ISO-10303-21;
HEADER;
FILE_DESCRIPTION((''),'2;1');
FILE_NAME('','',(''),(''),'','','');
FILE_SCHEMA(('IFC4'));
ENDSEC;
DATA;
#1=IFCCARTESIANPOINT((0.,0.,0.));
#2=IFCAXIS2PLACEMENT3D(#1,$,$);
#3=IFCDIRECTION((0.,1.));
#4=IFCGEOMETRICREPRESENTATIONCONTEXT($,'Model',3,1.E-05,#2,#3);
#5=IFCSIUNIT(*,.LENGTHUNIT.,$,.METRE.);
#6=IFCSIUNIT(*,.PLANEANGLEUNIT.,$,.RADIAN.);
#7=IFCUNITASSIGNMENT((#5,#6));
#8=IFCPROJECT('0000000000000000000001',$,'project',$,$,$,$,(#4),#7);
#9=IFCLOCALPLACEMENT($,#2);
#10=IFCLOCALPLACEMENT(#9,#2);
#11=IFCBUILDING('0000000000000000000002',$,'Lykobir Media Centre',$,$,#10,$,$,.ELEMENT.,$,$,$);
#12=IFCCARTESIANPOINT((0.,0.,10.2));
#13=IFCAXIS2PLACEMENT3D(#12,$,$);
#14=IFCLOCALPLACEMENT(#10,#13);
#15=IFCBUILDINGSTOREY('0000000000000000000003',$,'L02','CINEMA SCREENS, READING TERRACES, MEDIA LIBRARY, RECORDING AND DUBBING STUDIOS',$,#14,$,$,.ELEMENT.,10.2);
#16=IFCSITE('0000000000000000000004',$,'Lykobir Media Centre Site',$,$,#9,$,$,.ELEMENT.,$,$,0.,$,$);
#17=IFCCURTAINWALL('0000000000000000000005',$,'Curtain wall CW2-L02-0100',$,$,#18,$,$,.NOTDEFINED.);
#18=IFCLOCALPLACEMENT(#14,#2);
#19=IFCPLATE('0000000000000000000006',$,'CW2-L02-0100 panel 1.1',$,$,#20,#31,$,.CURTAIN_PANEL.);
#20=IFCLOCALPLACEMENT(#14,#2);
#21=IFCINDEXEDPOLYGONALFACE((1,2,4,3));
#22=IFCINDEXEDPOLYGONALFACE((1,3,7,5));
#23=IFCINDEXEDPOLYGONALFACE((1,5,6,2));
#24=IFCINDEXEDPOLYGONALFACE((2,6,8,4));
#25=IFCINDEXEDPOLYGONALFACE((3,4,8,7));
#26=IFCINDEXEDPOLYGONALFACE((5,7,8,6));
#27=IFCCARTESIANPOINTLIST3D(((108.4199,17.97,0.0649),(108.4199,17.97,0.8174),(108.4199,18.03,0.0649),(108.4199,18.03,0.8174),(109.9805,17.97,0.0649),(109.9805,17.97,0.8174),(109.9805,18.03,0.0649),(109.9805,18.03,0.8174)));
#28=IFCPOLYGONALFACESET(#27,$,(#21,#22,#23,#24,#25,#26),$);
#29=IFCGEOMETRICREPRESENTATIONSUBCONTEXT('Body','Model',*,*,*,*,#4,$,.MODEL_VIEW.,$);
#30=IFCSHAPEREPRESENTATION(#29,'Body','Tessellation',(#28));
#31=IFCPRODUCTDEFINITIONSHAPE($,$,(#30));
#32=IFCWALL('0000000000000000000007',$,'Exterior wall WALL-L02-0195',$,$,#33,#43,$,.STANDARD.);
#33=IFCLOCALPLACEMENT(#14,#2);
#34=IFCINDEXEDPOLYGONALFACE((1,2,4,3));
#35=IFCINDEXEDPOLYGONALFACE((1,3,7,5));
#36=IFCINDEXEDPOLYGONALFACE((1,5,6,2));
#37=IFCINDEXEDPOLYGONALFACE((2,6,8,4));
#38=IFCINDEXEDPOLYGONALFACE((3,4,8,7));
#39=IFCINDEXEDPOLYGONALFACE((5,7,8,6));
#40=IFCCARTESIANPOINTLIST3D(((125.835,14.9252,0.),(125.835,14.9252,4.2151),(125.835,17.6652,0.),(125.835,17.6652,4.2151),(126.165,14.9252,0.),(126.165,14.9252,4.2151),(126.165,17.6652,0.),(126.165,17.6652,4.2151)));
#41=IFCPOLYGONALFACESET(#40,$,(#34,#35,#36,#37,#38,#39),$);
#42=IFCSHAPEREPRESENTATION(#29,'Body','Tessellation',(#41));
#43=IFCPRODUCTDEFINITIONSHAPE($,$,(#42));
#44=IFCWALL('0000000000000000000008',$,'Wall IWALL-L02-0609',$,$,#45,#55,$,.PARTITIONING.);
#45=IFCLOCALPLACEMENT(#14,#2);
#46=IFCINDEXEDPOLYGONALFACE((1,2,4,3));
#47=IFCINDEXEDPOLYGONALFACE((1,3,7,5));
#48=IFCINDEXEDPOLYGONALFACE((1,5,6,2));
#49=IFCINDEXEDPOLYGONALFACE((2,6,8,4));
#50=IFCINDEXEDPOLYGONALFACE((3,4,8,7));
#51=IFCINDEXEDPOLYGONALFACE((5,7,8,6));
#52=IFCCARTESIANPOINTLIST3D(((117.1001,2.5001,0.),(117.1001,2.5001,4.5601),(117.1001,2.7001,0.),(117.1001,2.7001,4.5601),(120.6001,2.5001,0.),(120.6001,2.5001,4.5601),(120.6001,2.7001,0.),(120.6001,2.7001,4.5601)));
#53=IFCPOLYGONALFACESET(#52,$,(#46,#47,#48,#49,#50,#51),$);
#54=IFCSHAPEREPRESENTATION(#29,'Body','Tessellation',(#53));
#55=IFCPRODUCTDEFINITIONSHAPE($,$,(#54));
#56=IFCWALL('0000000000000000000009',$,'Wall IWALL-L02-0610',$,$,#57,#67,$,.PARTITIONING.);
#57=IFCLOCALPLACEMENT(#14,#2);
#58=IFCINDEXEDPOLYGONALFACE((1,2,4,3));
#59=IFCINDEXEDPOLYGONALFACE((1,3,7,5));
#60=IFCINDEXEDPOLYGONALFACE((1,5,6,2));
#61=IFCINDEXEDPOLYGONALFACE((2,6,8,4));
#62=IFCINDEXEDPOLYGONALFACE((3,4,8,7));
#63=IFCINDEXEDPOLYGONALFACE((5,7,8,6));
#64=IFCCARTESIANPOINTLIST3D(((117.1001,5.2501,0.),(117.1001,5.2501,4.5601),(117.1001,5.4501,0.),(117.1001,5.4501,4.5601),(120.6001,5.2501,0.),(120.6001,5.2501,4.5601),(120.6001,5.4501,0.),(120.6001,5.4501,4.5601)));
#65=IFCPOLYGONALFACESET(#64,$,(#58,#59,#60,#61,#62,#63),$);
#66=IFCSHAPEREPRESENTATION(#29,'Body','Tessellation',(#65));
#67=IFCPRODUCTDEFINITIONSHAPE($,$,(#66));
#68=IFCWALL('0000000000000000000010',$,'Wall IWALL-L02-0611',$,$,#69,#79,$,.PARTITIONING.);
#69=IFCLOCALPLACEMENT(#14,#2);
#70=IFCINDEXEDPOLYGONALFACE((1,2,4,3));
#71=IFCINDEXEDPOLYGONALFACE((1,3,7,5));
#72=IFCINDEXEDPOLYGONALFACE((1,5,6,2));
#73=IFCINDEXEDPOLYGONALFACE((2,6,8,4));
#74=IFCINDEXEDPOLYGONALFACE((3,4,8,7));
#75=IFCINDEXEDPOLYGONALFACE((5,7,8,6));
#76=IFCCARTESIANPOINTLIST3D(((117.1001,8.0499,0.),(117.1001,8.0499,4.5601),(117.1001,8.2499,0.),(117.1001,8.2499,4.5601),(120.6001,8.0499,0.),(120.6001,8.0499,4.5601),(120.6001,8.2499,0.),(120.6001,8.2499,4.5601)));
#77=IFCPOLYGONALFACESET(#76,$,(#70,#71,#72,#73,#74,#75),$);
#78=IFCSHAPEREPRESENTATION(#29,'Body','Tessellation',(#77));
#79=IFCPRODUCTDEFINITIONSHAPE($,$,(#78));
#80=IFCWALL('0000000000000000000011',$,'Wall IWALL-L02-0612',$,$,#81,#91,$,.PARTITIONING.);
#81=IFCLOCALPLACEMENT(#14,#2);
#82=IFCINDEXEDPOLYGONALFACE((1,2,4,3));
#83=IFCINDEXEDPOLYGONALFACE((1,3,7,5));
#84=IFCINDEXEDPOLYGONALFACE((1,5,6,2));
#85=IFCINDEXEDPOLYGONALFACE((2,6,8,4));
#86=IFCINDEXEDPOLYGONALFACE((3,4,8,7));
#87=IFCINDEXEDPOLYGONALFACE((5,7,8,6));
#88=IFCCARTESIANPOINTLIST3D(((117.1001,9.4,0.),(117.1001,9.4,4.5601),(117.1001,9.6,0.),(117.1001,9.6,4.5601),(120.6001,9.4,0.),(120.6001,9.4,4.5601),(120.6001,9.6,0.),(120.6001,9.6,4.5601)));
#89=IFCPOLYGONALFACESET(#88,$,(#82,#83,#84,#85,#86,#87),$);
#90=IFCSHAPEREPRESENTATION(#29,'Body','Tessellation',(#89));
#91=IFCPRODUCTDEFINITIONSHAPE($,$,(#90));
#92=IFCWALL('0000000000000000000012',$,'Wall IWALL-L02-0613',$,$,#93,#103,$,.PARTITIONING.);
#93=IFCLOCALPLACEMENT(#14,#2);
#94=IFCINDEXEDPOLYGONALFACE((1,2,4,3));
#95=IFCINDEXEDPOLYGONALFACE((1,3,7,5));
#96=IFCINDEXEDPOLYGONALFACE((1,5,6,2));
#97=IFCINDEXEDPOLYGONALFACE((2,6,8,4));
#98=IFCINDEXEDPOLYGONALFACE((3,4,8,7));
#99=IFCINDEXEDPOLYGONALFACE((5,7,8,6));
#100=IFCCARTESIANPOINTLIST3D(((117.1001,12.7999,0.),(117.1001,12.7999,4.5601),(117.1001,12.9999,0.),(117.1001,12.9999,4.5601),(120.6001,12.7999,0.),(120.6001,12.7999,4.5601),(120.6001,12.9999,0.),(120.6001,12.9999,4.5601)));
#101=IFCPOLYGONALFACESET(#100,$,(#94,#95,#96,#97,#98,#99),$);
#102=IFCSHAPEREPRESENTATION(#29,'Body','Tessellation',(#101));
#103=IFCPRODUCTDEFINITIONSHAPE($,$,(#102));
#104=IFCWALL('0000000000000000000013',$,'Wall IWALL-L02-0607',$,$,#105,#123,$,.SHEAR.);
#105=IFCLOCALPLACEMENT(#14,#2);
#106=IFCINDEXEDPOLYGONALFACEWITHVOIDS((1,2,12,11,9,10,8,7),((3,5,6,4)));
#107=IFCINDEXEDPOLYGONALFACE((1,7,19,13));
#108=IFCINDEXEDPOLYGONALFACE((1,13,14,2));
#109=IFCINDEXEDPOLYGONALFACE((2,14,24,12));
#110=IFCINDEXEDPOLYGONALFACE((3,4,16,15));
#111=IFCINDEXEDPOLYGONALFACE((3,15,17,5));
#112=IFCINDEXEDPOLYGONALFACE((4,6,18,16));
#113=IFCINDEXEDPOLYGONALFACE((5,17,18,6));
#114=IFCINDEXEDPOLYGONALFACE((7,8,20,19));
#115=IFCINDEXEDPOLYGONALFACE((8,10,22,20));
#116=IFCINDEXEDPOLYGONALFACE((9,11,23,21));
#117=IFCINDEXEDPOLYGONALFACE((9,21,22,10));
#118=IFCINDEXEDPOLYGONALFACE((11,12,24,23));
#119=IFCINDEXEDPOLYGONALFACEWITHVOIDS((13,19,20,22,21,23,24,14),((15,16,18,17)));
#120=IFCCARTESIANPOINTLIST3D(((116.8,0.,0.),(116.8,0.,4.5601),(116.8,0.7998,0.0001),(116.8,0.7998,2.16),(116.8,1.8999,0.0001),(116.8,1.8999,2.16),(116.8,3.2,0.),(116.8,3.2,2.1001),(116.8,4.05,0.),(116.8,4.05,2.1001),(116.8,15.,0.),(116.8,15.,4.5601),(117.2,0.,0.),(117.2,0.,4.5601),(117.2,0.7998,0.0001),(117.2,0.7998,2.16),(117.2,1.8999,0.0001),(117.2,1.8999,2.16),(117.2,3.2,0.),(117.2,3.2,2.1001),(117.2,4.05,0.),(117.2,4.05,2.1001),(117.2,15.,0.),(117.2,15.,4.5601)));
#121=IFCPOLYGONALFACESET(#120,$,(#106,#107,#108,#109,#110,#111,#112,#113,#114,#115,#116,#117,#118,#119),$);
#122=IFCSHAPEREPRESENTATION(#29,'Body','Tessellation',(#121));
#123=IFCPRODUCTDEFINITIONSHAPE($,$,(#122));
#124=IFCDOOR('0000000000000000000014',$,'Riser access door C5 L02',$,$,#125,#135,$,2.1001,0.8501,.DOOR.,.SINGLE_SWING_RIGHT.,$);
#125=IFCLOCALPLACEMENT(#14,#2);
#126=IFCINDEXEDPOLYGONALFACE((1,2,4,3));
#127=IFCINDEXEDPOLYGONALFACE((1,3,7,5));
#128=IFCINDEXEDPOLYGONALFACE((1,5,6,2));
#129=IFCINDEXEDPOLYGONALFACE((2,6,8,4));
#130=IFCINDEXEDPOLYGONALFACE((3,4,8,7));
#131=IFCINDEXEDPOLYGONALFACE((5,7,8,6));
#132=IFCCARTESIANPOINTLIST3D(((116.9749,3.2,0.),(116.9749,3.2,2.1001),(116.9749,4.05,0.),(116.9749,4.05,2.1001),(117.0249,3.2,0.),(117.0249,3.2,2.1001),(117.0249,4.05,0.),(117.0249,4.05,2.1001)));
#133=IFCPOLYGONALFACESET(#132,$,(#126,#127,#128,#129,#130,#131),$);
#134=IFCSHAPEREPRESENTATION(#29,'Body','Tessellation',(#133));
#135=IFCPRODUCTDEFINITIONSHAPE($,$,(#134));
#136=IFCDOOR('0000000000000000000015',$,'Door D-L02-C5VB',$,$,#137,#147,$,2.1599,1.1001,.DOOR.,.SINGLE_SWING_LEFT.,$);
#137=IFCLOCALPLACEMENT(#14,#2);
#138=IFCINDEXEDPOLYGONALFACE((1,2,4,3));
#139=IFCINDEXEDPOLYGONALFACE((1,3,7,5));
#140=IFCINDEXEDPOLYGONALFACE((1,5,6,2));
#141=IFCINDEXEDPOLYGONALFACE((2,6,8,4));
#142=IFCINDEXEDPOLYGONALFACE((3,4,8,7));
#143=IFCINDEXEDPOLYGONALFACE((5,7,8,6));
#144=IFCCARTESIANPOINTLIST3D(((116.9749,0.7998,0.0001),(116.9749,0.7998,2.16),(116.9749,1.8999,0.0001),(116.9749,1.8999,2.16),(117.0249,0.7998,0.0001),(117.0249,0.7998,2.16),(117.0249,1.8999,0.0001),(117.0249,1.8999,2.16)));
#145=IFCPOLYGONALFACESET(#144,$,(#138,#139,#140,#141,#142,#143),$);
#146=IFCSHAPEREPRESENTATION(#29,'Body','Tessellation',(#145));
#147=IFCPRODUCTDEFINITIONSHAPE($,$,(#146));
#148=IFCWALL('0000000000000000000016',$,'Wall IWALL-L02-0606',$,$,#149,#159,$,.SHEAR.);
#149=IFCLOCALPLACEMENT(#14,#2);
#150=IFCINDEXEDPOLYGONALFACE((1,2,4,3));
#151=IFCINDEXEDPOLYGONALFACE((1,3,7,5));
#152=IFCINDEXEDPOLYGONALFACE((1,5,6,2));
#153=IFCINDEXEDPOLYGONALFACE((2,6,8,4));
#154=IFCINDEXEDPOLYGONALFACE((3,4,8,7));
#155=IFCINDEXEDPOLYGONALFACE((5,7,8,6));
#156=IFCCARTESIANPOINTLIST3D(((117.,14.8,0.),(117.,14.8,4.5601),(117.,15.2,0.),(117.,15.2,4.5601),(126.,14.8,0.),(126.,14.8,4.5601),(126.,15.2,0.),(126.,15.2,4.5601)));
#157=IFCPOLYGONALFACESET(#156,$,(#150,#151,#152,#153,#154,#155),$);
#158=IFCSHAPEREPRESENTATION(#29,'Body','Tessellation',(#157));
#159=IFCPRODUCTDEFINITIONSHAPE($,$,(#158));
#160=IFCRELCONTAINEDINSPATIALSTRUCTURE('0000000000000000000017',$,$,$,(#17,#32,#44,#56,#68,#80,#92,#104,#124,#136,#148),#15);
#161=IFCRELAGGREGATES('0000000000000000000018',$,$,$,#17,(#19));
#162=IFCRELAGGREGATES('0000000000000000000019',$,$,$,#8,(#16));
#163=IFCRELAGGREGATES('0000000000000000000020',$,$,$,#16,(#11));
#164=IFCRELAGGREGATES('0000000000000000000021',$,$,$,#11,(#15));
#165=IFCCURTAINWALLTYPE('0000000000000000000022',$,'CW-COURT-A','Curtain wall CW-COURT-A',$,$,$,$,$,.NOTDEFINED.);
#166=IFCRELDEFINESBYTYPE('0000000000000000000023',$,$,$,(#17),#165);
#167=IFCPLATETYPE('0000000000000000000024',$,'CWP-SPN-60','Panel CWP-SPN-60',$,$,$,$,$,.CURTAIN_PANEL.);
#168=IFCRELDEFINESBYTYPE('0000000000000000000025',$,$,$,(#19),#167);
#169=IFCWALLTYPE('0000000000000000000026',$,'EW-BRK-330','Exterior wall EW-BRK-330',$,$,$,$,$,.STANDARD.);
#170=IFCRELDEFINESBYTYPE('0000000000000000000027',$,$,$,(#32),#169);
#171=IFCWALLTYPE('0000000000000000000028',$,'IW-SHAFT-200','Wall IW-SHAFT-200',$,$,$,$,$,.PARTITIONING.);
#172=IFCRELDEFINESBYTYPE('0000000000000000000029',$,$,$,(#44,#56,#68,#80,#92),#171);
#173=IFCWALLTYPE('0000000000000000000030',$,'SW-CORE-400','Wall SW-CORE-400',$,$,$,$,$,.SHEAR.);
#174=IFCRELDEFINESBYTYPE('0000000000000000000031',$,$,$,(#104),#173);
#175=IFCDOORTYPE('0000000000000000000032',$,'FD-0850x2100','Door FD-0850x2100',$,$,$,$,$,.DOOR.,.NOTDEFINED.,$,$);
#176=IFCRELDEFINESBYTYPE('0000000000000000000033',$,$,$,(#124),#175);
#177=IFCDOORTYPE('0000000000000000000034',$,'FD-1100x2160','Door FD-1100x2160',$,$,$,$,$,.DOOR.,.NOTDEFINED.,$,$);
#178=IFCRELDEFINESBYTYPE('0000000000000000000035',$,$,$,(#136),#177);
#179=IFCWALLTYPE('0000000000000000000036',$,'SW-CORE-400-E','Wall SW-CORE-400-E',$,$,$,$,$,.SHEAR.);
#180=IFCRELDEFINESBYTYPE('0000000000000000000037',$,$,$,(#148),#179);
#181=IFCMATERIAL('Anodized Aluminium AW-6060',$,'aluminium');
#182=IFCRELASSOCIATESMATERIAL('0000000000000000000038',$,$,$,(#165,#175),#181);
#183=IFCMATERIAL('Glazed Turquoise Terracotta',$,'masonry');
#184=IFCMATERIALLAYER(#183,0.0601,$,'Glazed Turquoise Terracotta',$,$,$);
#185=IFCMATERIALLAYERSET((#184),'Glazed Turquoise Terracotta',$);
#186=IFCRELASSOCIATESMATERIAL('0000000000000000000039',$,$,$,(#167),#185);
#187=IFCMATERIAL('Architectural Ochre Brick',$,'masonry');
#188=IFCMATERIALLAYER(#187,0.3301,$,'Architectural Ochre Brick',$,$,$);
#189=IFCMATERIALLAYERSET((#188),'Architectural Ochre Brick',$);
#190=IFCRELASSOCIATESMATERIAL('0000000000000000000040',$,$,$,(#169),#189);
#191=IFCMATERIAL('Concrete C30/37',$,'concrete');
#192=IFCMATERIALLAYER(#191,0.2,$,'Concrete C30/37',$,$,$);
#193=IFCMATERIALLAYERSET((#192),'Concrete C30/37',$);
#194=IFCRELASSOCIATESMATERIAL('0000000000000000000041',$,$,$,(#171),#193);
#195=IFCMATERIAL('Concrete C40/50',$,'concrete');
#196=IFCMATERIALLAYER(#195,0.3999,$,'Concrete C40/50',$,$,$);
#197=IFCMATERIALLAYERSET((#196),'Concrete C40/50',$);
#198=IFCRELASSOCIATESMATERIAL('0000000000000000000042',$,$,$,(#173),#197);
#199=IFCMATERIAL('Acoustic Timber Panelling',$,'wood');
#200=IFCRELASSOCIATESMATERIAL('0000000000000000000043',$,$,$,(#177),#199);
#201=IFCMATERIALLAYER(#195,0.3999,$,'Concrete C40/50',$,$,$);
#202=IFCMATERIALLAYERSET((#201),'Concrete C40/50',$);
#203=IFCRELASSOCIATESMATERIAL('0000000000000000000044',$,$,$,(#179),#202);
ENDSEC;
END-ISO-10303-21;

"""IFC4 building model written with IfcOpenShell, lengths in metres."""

from ifc_helpers import new_model, si_unit, direction, frame, frame_2d, origin, origin_2d, place, context, subcontext, project, spatial, rectangle, extrude, material, layer, layer_set, type_object, element, fill, aggregate, save


model = new_model("IFC4")

# Units and contexts
model_context = context("Model", 3, precision=1e-05, world=origin(), true_north=direction((0.0, 1.0)))
body_context = subcontext(model_context, "Body", "Model", "MODEL_VIEW")
ifc_project = project(units=[si_unit("LENGTHUNIT", "METRE"), si_unit("PLANEANGLEUNIT", "RADIAN")], contexts=[model_context])

# Site, building, storey
site_placement = place(None, origin())
site = spatial("IfcSite", under=ifc_project, at=site_placement, Name="Lykobir Media Centre Site", CompositionType="ELEMENT", RefElevation=0.0)
building_placement = place(site_placement, origin())
building = spatial("IfcBuilding", under=site, at=building_placement, Name="Lykobir Media Centre", CompositionType="ELEMENT")
storey_placement = place(building_placement, frame((0.0, 0.0, 10.2)))
storey = spatial("IfcBuildingStorey", under=building, at=storey_placement, Name="L02", Description="CINEMA SCREENS, READING TERRACES, MEDIA LIBRARY, RECORDING AND DUBBING STUDIOS", CompositionType="ELEMENT", Elevation=10.2)

# Shared definitions
ifc_material_1 = material(Name="Concrete C40/50", Category="concrete")

# Curtain wall
ifc_material_2 = material(Name="Anodized Aluminium AW-6060", Category="aluminium")
curtain_wall_type = type_object("IfcCurtainWallType", Name="CW-COURT-A", Description="Curtain wall CW-COURT-A", PredefinedType="NOTDEFINED", material=ifc_material_2)
curtain_wall_placement = place(storey_placement, origin())
curtain_wall = element("IfcCurtainWall", 1, at=curtain_wall_placement, inside=storey, type_object=curtain_wall_type, Name="Curtain wall CW2-L02-0100", PredefinedType="NOTDEFINED")

# Plate
ifc_material_3 = material(Name="Glazed Turquoise Terracotta", Category="masonry")
ifc_layer_1 = layer(ifc_material_3, 0.0601, Name="Glazed Turquoise Terracotta")
ifc_layer_set_1 = layer_set([ifc_layer_1], Name="Glazed Turquoise Terracotta")
plate_type = type_object("IfcPlateType", Name="CWP-SPN-60", Description="Panel CWP-SPN-60", PredefinedType="CURTAIN_PANEL", material=ifc_layer_set_1)
plate_placement = place(storey_placement, frame((109.2002, 18.0, 0.0649), z_axis=(0.0, 0.0, 1.0), x_axis=(1.0, 0.0, 0.0)))
plate = element("IfcPlate", 2, at=plate_placement, type_object=plate_type, Name="CW2-L02-0100 panel 1.1", PredefinedType="CURTAIN_PANEL", context=body_context, shape_type="SweptSolid", body=[
    extrude(rectangle(XDim=1.5605, YDim=0.0601, at=origin_2d()), origin(), (0.0, 0.0, 1.0), 0.7524),
])
aggregate(curtain_wall, [plate])

# Walls
ifc_material_4 = material(Name="Architectural Ochre Brick", Category="masonry")
ifc_layer_2 = layer(ifc_material_4, 0.3301, Name="Architectural Ochre Brick")
ifc_layer_set_2 = layer_set([ifc_layer_2], Name="Architectural Ochre Brick")
wall_type_1 = type_object("IfcWallType", Name="EW-BRK-330", Description="Exterior wall EW-BRK-330", PredefinedType="STANDARD", material=ifc_layer_set_2)
wall_1_placement = place(storey_placement, frame((126.0, 14.925, 0.0), z_axis=(0.0, 0.0, 1.0), x_axis=(0.0, 1.0, 0.0)))
element("IfcWall", 3, at=wall_1_placement, inside=storey, type_object=wall_type_1, Name="Exterior wall WALL-L02-0195", PredefinedType="STANDARD", context=body_context, shape_type="SweptSolid", body=[
    extrude(rectangle(XDim=2.74, YDim=0.3301, at=frame_2d((1.3701, 0.0))), origin(), (0.0, 0.0, 1.0), 4.2151),
])
ifc_material_5 = material(Name="Concrete C30/37", Category="concrete")
ifc_layer_3 = layer(ifc_material_5, 0.2, Name="Concrete C30/37")
ifc_layer_set_3 = layer_set([ifc_layer_3], Name="Concrete C30/37")
wall_type_2 = type_object("IfcWallType", Name="IW-SHAFT-200", Description="Wall IW-SHAFT-200", PredefinedType="PARTITIONING", material=ifc_layer_set_3)
for number, where, z_axis, x_axis, name in (
    (4, (117.1001, 2.6001, 0.0), (0.0, 0.0, 1.0), (1.0, 0.0, 0.0), "Wall IWALL-L02-0609"),
    (5, (117.1001, 5.3501, 0.0), (0.0, 0.0, 1.0), (1.0, 0.0, 0.0), "Wall IWALL-L02-0610"),
    (6, (117.1001, 8.1499, 0.0), (0.0, 0.0, 1.0), (1.0, 0.0, 0.0), "Wall IWALL-L02-0611"),
    (7, (117.1001, 9.5, 0.0), (0.0, 0.0, 1.0), (1.0, 0.0, 0.0), "Wall IWALL-L02-0612"),
    (8, (117.1001, 12.8999, 0.0), (0.0, 0.0, 1.0), (1.0, 0.0, 0.0), "Wall IWALL-L02-0613"),
):
    element("IfcWall", number, at=place(storey_placement, frame(where, z_axis=z_axis, x_axis=x_axis)), inside=storey, type_object=wall_type_2, Name=name, PredefinedType="PARTITIONING", context=body_context, shape_type="SweptSolid", body=[
        extrude(rectangle(XDim=3.5, YDim=0.2, at=frame_2d((1.75, 0.0))), origin(), (0.0, 0.0, 1.0), 4.5601),
    ])

# Wall, openings, doors
ifc_layer_4 = layer(ifc_material_1, 0.3999, Name="Concrete C40/50")
ifc_layer_set_4 = layer_set([ifc_layer_4], Name="Concrete C40/50")
wall_type_3 = type_object("IfcWallType", Name="SW-CORE-400", Description="Wall SW-CORE-400", PredefinedType="SHEAR", material=ifc_layer_set_4)
wall_2_placement = place(storey_placement, frame((117.0, 15.0, 0.0), z_axis=(0.0, 0.0, 1.0), x_axis=(0.0, -1.0, 0.0)))
wall_2 = element("IfcWall", 9, at=wall_2_placement, inside=storey, type_object=wall_type_3, Name="Wall IWALL-L02-0607", PredefinedType="SHEAR", context=body_context, shape_type="SweptSolid", body=[
    extrude(rectangle(XDim=15.0, YDim=0.3999, at=frame_2d((7.5, 0.0))), origin(), (0.0, 0.0, 1.0), 4.5601),
])
opening_1_placement = place(wall_2_placement, frame((13.1001, 0.0, 0.0)))
opening_1 = element("IfcOpeningElement", 10, at=opening_1_placement, cuts=wall_2, PredefinedType="OPENING", context=body_context, shape_type="SweptSolid", body=[
    extrude(rectangle(XDim=1.1001, YDim=2.1599, at=frame_2d((0.55, 1.0801))), frame((0.0, 0.21, 0.0), z_axis=(0.0, -1.0, 0.0), x_axis=(1.0, 0.0, 0.0)), (0.0, 0.0, 1.0), 0.4199),
])
opening_2_placement = place(wall_2_placement, frame((10.95, 0.0, 0.0)))
opening_2 = element("IfcOpeningElement", 11, at=opening_2_placement, cuts=wall_2, PredefinedType="OPENING", context=body_context, shape_type="SweptSolid", body=[
    extrude(rectangle(XDim=0.8501, YDim=2.1001, at=frame_2d((0.425, 1.05))), frame((0.0, 0.21, 0.0), z_axis=(0.0, -1.0, 0.0), x_axis=(1.0, 0.0, 0.0)), (0.0, 0.0, 1.0), 0.4199),
])
door_type_1 = type_object("IfcDoorType", Name="FD-0850x2100", Description="Door FD-0850x2100", OperationType="NOTDEFINED", PredefinedType="DOOR", material=ifc_material_2)
door_1_placement = place(opening_2_placement, origin())
door_1 = element("IfcDoor", 12, at=door_1_placement, inside=storey, type_object=door_type_1, Name="Riser access door C5 L02", OperationType="SINGLE_SWING_RIGHT", OverallHeight=2.1001, OverallWidth=0.8501, PredefinedType="DOOR", context=body_context, shape_type="SweptSolid", body=[
    extrude(rectangle(XDim=0.8501, YDim=2.1001, at=frame_2d((0.425, 1.05))), frame((0.0, 0.0249, 0.0), z_axis=(0.0, -1.0, 0.0), x_axis=(1.0, 0.0, 0.0)), (0.0, 0.0, 1.0), 0.05),
])
fill(opening_2, door_1)
ifc_material_6 = material(Name="Acoustic Timber Panelling", Category="wood")
door_type_2 = type_object("IfcDoorType", Name="FD-1100x2160", Description="Door FD-1100x2160", OperationType="NOTDEFINED", PredefinedType="DOOR", material=ifc_material_6)
door_2_placement = place(opening_1_placement, origin())
door_2 = element("IfcDoor", 13, at=door_2_placement, inside=storey, type_object=door_type_2, Name="Door D-L02-C5VB", OperationType="SINGLE_SWING_LEFT", OverallHeight=2.1599, OverallWidth=1.1001, PredefinedType="DOOR", context=body_context, shape_type="SweptSolid", body=[
    extrude(rectangle(XDim=1.1001, YDim=2.1599, at=frame_2d((0.55, 1.0801))), frame((0.0, 0.0249, 0.0), z_axis=(0.0, -1.0, 0.0), x_axis=(1.0, 0.0, 0.0)), (0.0, 0.0, 1.0), 0.05),
])
fill(opening_1, door_2)

# Wall
ifc_layer_5 = layer(ifc_material_1, 0.3999, Name="Concrete C40/50")
ifc_layer_set_5 = layer_set([ifc_layer_5], Name="Concrete C40/50")
wall_type_4 = type_object("IfcWallType", Name="SW-CORE-400-E", Description="Wall SW-CORE-400-E", PredefinedType="SHEAR", material=ifc_layer_set_5)
wall_3_placement = place(storey_placement, frame((126.0, 15.0, 0.0), z_axis=(0.0, 0.0, 1.0), x_axis=(-1.0, 0.0, 0.0)))
element("IfcWall", 14, at=wall_3_placement, inside=storey, type_object=wall_type_4, Name="Wall IWALL-L02-0606", PredefinedType="SHEAR", context=body_context, shape_type="SweptSolid", body=[
    extrude(rectangle(XDim=9.0, YDim=0.3999, at=frame_2d((4.5, 0.0))), origin(), (0.0, 0.0, 1.0), 4.5601),
])

save(model, "model.ifc")
